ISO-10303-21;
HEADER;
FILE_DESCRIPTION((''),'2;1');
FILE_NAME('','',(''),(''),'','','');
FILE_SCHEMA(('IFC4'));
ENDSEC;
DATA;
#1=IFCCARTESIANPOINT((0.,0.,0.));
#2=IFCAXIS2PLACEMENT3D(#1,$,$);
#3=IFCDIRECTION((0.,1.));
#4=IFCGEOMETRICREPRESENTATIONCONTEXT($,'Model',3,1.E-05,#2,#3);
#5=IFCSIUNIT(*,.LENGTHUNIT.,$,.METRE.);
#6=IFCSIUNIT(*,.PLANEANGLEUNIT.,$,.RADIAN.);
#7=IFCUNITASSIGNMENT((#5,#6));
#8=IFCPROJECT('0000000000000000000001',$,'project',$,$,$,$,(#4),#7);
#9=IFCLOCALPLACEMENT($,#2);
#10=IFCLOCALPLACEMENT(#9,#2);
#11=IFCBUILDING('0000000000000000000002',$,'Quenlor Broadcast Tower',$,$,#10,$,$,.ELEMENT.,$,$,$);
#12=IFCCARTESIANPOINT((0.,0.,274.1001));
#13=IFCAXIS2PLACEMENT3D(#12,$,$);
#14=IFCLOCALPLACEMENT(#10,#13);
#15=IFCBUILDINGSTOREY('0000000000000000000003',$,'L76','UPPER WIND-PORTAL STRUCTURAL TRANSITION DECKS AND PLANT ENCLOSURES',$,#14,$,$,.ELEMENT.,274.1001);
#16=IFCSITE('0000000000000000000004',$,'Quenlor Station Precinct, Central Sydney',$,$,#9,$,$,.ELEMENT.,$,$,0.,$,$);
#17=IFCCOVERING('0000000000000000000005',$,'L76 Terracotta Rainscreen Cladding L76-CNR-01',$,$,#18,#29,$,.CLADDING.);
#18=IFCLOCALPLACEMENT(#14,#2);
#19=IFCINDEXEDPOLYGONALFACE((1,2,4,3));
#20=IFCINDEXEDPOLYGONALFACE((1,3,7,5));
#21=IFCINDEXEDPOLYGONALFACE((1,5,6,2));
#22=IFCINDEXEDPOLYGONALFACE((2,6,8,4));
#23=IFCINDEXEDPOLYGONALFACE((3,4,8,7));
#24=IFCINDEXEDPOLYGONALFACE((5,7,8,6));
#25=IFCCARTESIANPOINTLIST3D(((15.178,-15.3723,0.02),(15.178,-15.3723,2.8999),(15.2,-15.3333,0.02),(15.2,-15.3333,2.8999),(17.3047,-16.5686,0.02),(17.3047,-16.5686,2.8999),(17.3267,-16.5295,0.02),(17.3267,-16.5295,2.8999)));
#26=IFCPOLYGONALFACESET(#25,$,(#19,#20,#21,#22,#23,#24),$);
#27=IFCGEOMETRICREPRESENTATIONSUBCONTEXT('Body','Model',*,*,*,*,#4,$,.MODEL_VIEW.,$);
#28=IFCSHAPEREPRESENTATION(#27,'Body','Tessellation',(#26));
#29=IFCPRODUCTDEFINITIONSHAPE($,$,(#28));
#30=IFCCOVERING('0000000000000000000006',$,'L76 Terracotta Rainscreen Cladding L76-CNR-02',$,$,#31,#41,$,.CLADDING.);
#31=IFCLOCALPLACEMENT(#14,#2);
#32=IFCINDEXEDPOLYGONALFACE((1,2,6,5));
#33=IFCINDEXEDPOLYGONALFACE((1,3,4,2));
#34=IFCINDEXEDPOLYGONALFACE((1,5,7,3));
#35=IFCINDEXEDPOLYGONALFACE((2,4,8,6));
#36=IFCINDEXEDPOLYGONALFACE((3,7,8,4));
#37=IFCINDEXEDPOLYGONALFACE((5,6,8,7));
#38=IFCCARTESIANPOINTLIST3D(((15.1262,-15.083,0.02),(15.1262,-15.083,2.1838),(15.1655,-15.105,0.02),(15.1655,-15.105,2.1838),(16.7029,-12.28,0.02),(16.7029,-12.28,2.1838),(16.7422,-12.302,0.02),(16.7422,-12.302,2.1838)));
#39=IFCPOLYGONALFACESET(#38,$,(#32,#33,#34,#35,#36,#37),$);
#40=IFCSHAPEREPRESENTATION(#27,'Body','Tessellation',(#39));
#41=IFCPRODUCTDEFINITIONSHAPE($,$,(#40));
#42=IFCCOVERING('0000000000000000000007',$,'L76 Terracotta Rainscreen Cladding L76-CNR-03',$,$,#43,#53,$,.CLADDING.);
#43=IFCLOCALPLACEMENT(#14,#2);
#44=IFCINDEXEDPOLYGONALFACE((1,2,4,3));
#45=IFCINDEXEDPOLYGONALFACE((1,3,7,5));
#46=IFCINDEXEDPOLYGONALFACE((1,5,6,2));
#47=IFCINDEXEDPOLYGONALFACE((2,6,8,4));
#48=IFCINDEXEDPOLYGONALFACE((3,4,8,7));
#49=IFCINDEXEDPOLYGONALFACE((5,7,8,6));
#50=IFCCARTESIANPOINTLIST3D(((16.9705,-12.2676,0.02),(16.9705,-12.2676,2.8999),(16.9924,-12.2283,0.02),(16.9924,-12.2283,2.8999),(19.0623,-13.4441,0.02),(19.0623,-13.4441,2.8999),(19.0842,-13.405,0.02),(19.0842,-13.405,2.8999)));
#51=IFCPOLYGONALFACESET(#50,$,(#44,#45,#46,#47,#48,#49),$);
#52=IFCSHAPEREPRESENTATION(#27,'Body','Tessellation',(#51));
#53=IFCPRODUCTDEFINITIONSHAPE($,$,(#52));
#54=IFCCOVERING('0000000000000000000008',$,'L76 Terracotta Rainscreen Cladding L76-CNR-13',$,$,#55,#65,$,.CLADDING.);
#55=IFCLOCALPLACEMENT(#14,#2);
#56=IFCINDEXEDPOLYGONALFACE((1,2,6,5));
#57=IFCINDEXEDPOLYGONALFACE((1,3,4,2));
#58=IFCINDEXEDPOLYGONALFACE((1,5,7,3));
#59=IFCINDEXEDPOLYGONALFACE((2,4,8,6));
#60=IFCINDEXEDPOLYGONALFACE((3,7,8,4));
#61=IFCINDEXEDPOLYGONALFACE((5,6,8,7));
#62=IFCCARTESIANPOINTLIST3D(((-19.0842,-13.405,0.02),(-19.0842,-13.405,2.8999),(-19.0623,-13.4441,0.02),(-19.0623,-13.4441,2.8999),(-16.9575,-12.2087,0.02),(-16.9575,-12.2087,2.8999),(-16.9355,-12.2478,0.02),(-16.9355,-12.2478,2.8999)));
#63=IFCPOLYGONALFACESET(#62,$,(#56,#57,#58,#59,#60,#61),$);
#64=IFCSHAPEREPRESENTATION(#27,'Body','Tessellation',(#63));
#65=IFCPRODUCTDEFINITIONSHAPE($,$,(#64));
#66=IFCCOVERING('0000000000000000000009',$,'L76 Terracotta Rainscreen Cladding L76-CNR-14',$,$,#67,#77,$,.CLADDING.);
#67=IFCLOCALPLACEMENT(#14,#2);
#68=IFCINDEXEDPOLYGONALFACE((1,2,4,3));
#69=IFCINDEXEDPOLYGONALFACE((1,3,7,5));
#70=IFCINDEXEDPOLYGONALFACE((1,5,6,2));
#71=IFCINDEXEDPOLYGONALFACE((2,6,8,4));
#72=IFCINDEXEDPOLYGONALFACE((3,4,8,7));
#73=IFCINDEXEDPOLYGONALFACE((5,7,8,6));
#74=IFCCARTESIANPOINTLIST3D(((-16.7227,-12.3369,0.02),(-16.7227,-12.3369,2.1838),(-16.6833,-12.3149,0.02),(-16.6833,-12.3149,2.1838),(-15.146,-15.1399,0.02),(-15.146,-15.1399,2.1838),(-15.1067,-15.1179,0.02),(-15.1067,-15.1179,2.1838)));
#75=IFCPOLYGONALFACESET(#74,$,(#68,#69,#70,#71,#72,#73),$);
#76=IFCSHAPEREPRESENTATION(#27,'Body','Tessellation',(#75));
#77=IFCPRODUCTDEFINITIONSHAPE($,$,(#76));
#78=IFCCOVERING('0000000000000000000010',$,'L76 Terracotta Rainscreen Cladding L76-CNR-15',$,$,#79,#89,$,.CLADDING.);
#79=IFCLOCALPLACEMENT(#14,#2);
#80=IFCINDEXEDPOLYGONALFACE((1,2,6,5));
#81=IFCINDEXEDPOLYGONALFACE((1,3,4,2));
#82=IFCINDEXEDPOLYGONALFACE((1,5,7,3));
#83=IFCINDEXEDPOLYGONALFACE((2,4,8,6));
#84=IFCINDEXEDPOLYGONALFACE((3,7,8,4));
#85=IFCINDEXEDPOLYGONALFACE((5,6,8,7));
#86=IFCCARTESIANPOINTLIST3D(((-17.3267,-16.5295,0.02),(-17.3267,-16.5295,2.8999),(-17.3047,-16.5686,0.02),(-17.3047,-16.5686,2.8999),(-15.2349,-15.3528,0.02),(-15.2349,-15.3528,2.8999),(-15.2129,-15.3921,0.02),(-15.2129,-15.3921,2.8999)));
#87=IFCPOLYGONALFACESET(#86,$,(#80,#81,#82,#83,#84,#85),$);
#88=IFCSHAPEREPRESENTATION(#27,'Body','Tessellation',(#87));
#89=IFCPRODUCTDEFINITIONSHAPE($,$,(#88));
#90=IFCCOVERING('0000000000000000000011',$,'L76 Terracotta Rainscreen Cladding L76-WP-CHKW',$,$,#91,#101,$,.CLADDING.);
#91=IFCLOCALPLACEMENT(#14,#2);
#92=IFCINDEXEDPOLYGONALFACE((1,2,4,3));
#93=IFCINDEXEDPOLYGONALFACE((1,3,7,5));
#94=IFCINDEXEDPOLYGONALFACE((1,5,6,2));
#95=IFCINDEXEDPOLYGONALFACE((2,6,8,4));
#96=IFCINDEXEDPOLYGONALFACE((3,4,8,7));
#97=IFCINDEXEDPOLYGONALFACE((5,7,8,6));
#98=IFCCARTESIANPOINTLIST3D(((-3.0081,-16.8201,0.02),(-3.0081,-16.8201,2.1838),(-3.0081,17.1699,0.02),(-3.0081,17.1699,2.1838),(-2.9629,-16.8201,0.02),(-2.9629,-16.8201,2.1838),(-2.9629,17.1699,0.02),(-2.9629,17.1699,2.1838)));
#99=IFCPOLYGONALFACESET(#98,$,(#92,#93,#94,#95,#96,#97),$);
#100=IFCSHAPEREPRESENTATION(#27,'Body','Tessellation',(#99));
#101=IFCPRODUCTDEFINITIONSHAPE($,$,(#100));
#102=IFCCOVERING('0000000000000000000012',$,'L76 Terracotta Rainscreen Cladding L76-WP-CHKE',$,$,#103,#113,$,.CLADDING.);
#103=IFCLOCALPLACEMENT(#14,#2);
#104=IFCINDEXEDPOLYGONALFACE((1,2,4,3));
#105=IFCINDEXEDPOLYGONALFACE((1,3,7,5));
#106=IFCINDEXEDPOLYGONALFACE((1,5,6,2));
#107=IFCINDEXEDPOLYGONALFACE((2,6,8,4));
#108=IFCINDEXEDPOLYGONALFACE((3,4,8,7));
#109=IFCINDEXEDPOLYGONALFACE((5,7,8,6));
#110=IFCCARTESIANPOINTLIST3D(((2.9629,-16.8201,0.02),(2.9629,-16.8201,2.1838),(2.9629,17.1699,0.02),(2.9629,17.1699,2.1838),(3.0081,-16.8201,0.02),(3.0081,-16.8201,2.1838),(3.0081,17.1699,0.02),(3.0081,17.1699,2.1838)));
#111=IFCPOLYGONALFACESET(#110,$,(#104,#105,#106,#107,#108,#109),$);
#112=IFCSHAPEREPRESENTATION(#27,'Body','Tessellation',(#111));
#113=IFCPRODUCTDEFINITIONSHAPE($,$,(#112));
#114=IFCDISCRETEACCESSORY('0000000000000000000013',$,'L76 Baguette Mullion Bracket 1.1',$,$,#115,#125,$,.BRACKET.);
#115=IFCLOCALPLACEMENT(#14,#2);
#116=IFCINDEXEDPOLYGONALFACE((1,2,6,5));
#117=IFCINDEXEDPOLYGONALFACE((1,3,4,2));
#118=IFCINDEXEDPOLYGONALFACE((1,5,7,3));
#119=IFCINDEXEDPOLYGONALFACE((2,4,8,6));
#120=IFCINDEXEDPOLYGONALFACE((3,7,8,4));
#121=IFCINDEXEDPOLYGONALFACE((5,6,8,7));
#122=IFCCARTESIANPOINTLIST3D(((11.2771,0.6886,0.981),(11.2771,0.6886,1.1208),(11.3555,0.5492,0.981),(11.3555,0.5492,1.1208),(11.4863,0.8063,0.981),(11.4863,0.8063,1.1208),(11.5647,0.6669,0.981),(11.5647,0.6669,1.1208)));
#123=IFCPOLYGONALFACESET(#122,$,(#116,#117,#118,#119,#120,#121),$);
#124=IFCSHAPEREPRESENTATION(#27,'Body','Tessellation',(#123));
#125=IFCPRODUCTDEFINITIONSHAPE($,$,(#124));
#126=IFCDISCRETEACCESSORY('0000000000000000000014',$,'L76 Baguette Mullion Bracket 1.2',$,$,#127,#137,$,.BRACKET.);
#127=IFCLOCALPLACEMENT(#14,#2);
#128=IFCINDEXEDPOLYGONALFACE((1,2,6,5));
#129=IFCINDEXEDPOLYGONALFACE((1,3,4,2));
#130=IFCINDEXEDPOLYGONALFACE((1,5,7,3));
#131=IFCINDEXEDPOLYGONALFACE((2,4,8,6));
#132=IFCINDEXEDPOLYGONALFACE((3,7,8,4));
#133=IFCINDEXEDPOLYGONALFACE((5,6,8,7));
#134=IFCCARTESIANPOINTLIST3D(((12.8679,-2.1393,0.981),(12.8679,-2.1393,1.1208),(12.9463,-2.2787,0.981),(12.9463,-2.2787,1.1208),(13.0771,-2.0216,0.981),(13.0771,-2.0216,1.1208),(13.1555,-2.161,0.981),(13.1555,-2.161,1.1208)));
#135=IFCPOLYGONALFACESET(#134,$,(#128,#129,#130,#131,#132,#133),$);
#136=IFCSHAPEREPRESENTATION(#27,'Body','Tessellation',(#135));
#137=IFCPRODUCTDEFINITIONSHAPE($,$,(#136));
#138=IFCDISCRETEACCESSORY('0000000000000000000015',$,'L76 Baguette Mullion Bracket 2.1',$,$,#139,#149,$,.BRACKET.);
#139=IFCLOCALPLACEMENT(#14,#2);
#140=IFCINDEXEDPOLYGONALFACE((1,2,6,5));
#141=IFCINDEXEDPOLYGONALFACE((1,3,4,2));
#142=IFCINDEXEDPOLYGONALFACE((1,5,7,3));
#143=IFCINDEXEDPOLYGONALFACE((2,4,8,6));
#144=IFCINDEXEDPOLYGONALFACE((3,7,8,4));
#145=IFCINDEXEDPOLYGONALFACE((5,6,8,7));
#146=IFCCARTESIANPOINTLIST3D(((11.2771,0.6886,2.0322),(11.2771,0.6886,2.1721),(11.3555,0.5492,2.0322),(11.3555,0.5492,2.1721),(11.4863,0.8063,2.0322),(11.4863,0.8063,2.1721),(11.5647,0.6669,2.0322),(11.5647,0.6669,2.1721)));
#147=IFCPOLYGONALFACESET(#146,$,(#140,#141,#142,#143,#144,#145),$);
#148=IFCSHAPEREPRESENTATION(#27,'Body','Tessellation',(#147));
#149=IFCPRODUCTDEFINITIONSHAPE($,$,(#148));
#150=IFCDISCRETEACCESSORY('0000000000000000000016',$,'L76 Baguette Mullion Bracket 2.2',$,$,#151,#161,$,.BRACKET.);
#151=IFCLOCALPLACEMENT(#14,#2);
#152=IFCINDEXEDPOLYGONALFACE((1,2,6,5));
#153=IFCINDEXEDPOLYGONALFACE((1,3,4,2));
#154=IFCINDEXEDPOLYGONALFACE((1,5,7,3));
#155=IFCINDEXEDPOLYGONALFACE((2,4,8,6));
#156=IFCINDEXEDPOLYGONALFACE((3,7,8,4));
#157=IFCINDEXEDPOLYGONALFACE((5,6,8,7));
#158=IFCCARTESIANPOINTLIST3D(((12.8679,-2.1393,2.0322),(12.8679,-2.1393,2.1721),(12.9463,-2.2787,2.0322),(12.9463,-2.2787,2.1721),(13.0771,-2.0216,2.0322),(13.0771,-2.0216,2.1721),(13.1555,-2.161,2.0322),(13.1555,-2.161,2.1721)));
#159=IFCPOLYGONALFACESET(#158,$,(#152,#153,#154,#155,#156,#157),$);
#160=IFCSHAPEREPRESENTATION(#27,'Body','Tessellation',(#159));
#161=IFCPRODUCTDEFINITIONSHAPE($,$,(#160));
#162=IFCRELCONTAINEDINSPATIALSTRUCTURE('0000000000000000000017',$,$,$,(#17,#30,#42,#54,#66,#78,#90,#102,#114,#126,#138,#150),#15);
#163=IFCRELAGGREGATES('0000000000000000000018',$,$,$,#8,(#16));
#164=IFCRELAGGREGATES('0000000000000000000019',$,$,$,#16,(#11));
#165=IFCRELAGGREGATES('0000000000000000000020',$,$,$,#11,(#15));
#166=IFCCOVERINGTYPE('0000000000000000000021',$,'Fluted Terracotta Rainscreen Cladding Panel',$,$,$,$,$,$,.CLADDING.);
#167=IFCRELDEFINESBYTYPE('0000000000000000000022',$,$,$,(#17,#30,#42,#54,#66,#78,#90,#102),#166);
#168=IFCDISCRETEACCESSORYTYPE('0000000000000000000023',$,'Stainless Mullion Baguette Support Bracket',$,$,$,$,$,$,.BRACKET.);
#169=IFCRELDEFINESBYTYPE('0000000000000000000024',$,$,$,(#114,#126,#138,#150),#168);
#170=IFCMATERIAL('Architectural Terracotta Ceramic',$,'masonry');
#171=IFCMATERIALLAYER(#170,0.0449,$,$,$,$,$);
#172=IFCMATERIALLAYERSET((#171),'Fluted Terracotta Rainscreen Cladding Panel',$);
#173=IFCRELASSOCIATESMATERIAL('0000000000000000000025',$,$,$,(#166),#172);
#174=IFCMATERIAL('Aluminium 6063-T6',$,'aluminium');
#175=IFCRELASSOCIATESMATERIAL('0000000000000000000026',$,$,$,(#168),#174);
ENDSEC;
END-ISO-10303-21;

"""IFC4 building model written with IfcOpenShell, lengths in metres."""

from ifc_helpers import new_model, si_unit, direction, frame, origin, origin_2d, place, context, subcontext, project, spatial, polyline, rectangle, outline, extrude, material, layer, layer_set, type_object, element, save


model = new_model("IFC4")

# Units and contexts
model_context = context("Model", 3, precision=1e-05, world=origin(), true_north=direction((0.0, 1.0)))
body_context = subcontext(model_context, "Body", "Model", "MODEL_VIEW")
ifc_project = project(units=[si_unit("LENGTHUNIT", "METRE"), si_unit("PLANEANGLEUNIT", "RADIAN")], contexts=[model_context])

# Site, building, storey
site_placement = place(None, origin())
site = spatial("IfcSite", under=ifc_project, at=site_placement, Name="Quenlor Station Precinct, Central Sydney", CompositionType="ELEMENT", RefElevation=0.0)
building_placement = place(site_placement, origin())
building = spatial("IfcBuilding", under=site, at=building_placement, Name="Quenlor Broadcast Tower", CompositionType="ELEMENT")
storey_placement = place(building_placement, frame((0.0, 0.0, 274.1001)))
storey = spatial("IfcBuildingStorey", under=building, at=storey_placement, Name="L76", Description="UPPER WIND-PORTAL STRUCTURAL TRANSITION DECKS AND PLANT ENCLOSURES", CompositionType="ELEMENT", Elevation=274.1001)

# Coverings
ifc_material_1 = material(Name="Architectural Terracotta Ceramic", Category="masonry")
ifc_layer_1 = layer(ifc_material_1, 0.0449)
ifc_layer_set_1 = layer_set([ifc_layer_1], Name="Fluted Terracotta Rainscreen Cladding Panel")
covering_type = type_object("IfcCoveringType", Name="Fluted Terracotta Rainscreen Cladding Panel", PredefinedType="CLADDING", material=ifc_layer_set_1)
covering_1_placement = place(storey_placement, frame((0.0, 0.0, 0.02)))
element("IfcCovering", 1, at=covering_1_placement, inside=storey, type_object=covering_type, Name="L76 Terracotta Rainscreen Cladding L76-CNR-01", PredefinedType="CLADDING", context=body_context, shape_type="SweptSolid", body=[
    extrude(outline(polyline([(17.3267, -16.5295), (15.2, -15.3333), (15.178, -15.3723), (17.3047, -16.5686), (17.3267, -16.5295)])), origin(), (0.0, 0.0, 1.0), 2.8799),
])
covering_2_placement = place(storey_placement, frame((0.0, 0.0, 0.02)))
element("IfcCovering", 2, at=covering_2_placement, inside=storey, type_object=covering_type, Name="L76 Terracotta Rainscreen Cladding L76-CNR-02", PredefinedType="CLADDING", context=body_context, shape_type="SweptSolid", body=[
    extrude(outline(polyline([(15.1655, -15.105), (16.7422, -12.302), (16.7029, -12.28), (15.1262, -15.083), (15.1655, -15.105)])), origin(), (0.0, 0.0, 1.0), 2.1638),
])
covering_3_placement = place(storey_placement, frame((0.0, 0.0, 0.02)))
element("IfcCovering", 3, at=covering_3_placement, inside=storey, type_object=covering_type, Name="L76 Terracotta Rainscreen Cladding L76-CNR-03", PredefinedType="CLADDING", context=body_context, shape_type="SweptSolid", body=[
    extrude(outline(polyline([(16.9705, -12.2676), (19.0623, -13.4441), (19.0842, -13.405), (16.9924, -12.2283), (16.9705, -12.2676)])), origin(), (0.0, 0.0, 1.0), 2.8799),
])
covering_4_placement = place(storey_placement, frame((0.0, 0.0, 0.02)))
element("IfcCovering", 4, at=covering_4_placement, inside=storey, type_object=covering_type, Name="L76 Terracotta Rainscreen Cladding L76-CNR-13", PredefinedType="CLADDING", context=body_context, shape_type="SweptSolid", body=[
    extrude(outline(polyline([(-19.0623, -13.4441), (-16.9355, -12.2478), (-16.9575, -12.2087), (-19.0842, -13.405), (-19.0623, -13.4441)])), origin(), (0.0, 0.0, 1.0), 2.8799),
])
covering_5_placement = place(storey_placement, frame((0.0, 0.0, 0.02)))
element("IfcCovering", 5, at=covering_5_placement, inside=storey, type_object=covering_type, Name="L76 Terracotta Rainscreen Cladding L76-CNR-14", PredefinedType="CLADDING", context=body_context, shape_type="SweptSolid", body=[
    extrude(outline(polyline([(-16.7227, -12.3369), (-15.146, -15.1399), (-15.1067, -15.1179), (-16.6833, -12.3149), (-16.7227, -12.3369)])), origin(), (0.0, 0.0, 1.0), 2.1638),
])
covering_6_placement = place(storey_placement, frame((0.0, 0.0, 0.02)))
element("IfcCovering", 6, at=covering_6_placement, inside=storey, type_object=covering_type, Name="L76 Terracotta Rainscreen Cladding L76-CNR-15", PredefinedType="CLADDING", context=body_context, shape_type="SweptSolid", body=[
    extrude(outline(polyline([(-15.2349, -15.3528), (-17.3267, -16.5295), (-17.3047, -16.5686), (-15.2129, -15.3921), (-15.2349, -15.3528)])), origin(), (0.0, 0.0, 1.0), 2.8799),
])
covering_7_placement = place(storey_placement, frame((0.0, 0.0, 0.02)))
element("IfcCovering", 7, at=covering_7_placement, inside=storey, type_object=covering_type, Name="L76 Terracotta Rainscreen Cladding L76-WP-CHKW", PredefinedType="CLADDING", context=body_context, shape_type="SweptSolid", body=[
    extrude(outline(polyline([(-3.0081, 17.1699), (-3.0081, -16.8201), (-2.9629, -16.8201), (-2.9629, 17.1699), (-3.0081, 17.1699)])), origin(), (0.0, 0.0, 1.0), 2.1638),
])
covering_8_placement = place(storey_placement, frame((0.0, 0.0, 0.02)))
element("IfcCovering", 8, at=covering_8_placement, inside=storey, type_object=covering_type, Name="L76 Terracotta Rainscreen Cladding L76-WP-CHKE", PredefinedType="CLADDING", context=body_context, shape_type="SweptSolid", body=[
    extrude(outline(polyline([(3.0081, -16.8201), (3.0081, 17.1699), (2.9629, 17.1699), (2.9629, -16.8201), (3.0081, -16.8201)])), origin(), (0.0, 0.0, 1.0), 2.1638),
])

# Discrete accessories
ifc_material_2 = material(Name="Aluminium 6063-T6", Category="aluminium")
discrete_accessory_type = type_object("IfcDiscreteAccessoryType", Name="Stainless Mullion Baguette Support Bracket", PredefinedType="BRACKET", material=ifc_material_2)
for number, where, z_axis, x_axis, name in (
    (9, (11.4209, 0.6777, 0.981), (0.0, 0.0, 1.0), (0.490268, -0.871572, 0.0), "L76 Baguette Mullion Bracket 1.1"),
    (10, (13.0117, -2.1501, 0.981), (0.0, 0.0, 1.0), (0.490268, -0.871572, 0.0), "L76 Baguette Mullion Bracket 1.2"),
    (11, (11.4209, 0.6777, 2.0322), (0.0, 0.0, 1.0), (0.490268, -0.871572, 0.0), "L76 Baguette Mullion Bracket 2.1"),
    (12, (13.0117, -2.1501, 2.0322), (0.0, 0.0, 1.0), (0.490268, -0.871572, 0.0), "L76 Baguette Mullion Bracket 2.2"),
):
    element("IfcDiscreteAccessory", number, at=place(storey_placement, frame(where, z_axis=z_axis, x_axis=x_axis)), inside=storey, type_object=discrete_accessory_type, Name=name, PredefinedType="BRACKET", context=body_context, shape_type="SweptSolid", body=[
        extrude(rectangle(XDim=0.1599, YDim=0.24, at=origin_2d()), origin(), (0.0, 0.0, 1.0), 0.1399),
    ])

save(model, "model.ifc")
